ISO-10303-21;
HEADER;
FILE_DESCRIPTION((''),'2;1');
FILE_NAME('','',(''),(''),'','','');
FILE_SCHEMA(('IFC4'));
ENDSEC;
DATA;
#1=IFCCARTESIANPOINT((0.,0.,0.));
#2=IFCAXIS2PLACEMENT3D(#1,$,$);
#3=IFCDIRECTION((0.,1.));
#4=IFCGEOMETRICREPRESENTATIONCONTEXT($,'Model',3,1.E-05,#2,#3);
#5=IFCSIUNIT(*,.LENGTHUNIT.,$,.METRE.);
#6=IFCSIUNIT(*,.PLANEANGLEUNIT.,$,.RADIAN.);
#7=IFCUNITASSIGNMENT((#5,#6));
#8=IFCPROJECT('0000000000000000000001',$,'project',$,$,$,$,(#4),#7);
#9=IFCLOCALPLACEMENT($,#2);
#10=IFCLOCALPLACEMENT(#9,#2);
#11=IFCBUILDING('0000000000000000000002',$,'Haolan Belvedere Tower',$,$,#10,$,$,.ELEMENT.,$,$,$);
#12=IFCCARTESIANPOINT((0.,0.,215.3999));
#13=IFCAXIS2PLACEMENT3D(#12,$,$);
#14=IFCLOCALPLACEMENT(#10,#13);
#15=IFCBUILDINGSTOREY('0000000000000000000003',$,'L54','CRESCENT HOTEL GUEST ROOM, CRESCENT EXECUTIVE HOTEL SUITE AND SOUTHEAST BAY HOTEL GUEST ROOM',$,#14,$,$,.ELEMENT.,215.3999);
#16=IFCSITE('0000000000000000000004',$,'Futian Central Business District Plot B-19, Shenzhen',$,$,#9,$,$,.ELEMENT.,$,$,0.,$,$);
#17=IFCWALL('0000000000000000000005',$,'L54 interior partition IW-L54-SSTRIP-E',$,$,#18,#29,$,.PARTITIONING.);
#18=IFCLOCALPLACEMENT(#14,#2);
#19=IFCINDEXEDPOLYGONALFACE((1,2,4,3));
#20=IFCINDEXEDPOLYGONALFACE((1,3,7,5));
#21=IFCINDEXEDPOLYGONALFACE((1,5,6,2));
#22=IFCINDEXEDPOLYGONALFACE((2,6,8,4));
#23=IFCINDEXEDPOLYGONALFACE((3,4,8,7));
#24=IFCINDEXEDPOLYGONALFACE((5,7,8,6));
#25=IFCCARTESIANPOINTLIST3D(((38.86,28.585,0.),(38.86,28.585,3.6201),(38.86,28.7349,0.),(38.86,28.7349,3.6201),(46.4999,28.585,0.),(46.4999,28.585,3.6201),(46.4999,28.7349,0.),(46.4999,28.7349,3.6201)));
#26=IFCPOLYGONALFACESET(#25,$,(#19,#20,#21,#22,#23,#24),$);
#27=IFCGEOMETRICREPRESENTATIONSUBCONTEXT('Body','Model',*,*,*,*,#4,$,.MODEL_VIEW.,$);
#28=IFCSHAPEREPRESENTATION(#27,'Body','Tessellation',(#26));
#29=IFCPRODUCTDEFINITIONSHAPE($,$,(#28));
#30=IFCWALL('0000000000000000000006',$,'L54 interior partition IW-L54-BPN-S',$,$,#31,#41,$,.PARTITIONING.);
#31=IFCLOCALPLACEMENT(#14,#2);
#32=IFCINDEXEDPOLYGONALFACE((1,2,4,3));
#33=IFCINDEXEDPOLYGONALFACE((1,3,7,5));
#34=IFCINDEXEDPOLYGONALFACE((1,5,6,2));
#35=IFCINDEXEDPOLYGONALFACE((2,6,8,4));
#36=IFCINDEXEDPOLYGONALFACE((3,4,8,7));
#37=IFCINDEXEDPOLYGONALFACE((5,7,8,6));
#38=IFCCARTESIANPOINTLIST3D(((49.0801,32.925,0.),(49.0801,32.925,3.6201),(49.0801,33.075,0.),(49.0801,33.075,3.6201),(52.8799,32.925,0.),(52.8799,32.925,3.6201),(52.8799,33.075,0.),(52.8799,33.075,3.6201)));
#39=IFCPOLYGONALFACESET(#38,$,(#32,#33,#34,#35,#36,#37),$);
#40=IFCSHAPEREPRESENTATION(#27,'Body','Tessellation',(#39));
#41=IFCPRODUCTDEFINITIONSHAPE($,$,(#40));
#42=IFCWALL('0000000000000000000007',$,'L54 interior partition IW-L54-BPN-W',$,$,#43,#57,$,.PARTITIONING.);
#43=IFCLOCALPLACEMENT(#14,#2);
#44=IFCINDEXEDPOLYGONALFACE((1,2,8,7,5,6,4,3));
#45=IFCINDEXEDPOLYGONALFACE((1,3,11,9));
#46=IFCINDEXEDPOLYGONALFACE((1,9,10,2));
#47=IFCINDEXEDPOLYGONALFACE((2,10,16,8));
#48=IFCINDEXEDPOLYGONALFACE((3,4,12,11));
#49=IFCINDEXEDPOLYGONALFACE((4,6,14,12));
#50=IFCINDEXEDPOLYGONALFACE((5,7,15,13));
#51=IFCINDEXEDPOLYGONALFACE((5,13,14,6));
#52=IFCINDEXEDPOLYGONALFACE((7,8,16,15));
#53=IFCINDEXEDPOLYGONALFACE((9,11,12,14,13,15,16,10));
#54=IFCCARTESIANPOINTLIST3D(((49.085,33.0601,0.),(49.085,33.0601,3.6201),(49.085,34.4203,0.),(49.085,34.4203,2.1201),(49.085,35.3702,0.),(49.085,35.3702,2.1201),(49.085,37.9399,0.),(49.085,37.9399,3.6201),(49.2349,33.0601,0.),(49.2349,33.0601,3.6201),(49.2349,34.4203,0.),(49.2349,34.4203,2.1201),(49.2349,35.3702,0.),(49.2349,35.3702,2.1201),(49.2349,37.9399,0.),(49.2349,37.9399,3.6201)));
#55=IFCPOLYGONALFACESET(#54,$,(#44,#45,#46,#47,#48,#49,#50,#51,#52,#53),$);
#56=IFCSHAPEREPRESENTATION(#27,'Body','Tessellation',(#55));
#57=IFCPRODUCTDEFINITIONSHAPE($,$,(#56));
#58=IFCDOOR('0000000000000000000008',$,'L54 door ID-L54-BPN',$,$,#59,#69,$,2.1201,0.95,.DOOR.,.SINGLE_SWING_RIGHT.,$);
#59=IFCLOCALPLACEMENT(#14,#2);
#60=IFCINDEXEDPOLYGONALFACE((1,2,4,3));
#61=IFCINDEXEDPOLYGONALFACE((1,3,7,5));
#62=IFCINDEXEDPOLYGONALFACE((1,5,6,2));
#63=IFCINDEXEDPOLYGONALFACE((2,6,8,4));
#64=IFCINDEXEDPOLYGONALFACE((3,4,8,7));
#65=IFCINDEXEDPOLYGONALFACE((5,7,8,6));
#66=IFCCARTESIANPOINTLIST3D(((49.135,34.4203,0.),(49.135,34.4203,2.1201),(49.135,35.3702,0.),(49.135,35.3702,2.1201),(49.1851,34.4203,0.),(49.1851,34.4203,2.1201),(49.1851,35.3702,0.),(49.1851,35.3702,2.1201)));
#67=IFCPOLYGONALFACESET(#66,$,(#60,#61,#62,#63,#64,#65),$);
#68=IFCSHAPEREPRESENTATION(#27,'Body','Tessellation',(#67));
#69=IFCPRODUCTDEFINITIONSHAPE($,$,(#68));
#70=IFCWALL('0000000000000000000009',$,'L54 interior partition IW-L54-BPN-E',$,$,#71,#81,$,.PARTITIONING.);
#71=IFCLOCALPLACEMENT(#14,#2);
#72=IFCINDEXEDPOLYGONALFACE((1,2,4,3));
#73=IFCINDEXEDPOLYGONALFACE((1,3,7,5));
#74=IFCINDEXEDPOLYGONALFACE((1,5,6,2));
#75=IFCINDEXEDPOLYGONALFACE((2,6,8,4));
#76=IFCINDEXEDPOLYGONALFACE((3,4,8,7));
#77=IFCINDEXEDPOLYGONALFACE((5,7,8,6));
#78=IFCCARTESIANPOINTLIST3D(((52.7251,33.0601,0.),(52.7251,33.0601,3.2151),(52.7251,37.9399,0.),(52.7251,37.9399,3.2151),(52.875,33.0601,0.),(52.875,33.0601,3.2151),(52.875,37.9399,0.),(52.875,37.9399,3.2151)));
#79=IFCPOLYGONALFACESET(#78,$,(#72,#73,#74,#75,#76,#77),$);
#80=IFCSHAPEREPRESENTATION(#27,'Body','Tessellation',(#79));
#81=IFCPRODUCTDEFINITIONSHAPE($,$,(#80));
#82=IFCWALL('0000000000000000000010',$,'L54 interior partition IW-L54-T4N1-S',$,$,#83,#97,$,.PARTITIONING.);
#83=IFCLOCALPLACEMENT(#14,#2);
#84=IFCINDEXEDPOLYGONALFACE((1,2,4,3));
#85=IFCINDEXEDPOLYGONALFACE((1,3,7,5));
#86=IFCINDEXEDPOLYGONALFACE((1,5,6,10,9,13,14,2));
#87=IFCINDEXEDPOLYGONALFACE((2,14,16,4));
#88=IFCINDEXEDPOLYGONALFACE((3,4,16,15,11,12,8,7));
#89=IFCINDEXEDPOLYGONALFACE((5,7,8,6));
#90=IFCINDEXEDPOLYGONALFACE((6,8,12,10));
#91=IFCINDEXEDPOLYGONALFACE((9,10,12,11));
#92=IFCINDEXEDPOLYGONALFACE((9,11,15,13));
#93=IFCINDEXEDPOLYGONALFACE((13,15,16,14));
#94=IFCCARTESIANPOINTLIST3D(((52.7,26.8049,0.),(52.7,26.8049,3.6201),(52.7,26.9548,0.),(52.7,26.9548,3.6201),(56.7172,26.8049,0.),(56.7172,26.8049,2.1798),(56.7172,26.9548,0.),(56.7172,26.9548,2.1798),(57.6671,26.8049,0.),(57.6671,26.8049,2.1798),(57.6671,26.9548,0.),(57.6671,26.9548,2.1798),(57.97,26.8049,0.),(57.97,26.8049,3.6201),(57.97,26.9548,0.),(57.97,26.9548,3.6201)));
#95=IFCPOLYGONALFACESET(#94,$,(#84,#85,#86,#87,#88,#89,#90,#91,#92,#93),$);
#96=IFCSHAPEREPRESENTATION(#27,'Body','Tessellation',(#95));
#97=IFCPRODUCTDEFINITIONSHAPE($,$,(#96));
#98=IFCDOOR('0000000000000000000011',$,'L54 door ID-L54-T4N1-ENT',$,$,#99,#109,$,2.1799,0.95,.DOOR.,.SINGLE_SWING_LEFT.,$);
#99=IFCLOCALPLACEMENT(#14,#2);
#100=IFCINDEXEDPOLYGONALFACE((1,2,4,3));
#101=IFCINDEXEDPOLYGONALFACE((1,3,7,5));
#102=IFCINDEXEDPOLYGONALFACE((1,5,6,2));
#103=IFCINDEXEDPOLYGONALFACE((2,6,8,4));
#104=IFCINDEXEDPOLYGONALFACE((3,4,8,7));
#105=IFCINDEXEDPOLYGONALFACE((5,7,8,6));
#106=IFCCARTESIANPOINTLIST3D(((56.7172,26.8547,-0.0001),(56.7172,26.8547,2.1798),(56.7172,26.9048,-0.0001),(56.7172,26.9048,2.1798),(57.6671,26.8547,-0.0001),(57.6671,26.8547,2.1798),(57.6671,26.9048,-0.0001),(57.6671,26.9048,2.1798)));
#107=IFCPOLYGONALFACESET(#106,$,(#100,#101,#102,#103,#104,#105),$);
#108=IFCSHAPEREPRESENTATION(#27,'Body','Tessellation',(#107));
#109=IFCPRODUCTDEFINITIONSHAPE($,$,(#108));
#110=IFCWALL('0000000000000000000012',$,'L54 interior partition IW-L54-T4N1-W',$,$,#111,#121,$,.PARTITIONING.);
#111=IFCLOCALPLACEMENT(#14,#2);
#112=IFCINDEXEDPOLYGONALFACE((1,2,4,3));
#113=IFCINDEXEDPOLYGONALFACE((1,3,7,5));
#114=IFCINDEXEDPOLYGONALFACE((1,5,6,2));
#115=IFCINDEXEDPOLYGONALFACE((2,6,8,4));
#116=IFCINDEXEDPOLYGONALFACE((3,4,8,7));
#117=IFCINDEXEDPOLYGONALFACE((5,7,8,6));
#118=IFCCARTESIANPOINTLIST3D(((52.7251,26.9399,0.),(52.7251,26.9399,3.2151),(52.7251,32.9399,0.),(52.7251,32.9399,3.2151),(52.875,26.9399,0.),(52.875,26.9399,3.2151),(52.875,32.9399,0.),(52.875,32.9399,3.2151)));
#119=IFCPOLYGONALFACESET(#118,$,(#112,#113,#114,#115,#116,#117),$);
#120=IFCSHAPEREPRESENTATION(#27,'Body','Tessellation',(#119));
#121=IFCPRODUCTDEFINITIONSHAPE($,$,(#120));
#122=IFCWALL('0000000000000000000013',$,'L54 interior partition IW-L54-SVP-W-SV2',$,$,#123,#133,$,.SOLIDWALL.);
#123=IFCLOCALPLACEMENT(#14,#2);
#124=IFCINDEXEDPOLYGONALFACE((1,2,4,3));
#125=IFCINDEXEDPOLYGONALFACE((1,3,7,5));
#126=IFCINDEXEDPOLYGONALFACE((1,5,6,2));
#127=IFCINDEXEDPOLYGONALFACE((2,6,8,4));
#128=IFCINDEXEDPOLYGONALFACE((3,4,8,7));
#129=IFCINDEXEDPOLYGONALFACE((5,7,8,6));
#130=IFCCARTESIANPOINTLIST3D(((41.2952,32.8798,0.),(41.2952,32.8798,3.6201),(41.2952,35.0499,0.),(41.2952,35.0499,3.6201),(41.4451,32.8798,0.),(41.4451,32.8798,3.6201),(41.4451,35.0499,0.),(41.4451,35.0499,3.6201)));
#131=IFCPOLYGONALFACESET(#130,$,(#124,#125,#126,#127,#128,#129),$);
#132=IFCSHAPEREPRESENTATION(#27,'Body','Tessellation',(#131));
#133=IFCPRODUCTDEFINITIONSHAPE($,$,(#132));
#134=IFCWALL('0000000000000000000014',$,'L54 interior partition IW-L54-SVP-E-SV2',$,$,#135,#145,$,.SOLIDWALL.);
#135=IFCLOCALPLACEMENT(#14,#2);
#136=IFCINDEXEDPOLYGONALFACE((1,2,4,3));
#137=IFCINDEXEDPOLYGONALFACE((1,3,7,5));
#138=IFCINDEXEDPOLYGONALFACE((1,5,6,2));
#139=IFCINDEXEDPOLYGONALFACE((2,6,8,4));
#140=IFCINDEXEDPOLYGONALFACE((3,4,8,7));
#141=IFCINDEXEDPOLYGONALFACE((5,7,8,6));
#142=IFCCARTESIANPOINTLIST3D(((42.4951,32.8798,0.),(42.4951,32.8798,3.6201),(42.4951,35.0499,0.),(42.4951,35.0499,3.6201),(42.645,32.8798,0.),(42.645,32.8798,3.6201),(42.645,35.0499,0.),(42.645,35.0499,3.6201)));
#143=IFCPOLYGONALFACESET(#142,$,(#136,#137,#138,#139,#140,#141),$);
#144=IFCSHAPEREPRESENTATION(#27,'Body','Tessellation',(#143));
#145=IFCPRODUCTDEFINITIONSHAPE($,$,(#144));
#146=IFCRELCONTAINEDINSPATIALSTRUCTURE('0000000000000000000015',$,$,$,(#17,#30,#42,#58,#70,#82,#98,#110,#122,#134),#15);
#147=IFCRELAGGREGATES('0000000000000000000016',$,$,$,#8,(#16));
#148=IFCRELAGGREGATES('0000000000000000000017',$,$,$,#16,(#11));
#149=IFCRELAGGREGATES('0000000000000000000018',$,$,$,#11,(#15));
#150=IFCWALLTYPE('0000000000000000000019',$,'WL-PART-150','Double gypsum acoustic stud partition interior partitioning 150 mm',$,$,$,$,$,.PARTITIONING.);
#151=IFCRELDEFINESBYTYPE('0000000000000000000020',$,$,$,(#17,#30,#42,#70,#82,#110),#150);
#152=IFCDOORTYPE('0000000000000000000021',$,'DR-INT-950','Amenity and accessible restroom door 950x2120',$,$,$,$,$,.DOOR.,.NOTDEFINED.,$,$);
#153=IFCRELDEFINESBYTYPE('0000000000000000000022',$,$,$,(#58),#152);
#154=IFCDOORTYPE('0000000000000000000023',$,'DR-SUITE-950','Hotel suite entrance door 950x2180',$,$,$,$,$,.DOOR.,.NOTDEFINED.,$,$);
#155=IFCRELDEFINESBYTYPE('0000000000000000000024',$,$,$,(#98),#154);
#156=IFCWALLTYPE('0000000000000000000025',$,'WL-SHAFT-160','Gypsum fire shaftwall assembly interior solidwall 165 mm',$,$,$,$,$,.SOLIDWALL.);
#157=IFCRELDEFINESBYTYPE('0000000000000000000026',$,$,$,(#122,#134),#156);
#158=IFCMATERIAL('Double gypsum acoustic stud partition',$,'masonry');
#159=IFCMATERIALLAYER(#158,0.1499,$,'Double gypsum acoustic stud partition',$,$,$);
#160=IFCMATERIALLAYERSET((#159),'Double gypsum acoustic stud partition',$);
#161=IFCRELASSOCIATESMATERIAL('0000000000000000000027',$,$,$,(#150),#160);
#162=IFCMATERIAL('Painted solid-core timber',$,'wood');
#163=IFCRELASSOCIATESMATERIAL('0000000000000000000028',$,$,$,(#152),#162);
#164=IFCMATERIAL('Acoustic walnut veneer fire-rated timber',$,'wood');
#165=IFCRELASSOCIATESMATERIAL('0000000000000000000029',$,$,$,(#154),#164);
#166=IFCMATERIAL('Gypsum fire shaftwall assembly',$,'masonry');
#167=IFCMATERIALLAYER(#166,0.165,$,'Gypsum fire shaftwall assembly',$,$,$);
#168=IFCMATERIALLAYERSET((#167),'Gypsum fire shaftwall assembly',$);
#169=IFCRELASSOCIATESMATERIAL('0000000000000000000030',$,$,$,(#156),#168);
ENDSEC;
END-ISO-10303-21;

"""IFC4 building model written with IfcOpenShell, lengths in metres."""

from ifc_helpers import new_model, si_unit, direction, frame, frame_2d, origin, place, context, subcontext, project, spatial, rectangle, extrude, material, layer, layer_set, type_object, element, fill, save


model = new_model("IFC4")

# Units and contexts
model_context = context("Model", 3, precision=1e-05, world=origin(), true_north=direction((0.0, 1.0)))
body_context = subcontext(model_context, "Body", "Model", "MODEL_VIEW")
ifc_project = project(units=[si_unit("LENGTHUNIT", "METRE"), si_unit("PLANEANGLEUNIT", "RADIAN")], contexts=[model_context])

# Site, building, storey
site_placement = place(None, origin())
site = spatial("IfcSite", under=ifc_project, at=site_placement, Name="Futian Central Business District Plot B-19, Shenzhen", CompositionType="ELEMENT", RefElevation=0.0)
building_placement = place(site_placement, origin())
building = spatial("IfcBuilding", under=site, at=building_placement, Name="Haolan Belvedere Tower", CompositionType="ELEMENT")
storey_placement = place(building_placement, frame((0.0, 0.0, 215.3999)))
storey = spatial("IfcBuildingStorey", under=building, at=storey_placement, Name="L54", Description="CRESCENT HOTEL GUEST ROOM, CRESCENT EXECUTIVE HOTEL SUITE AND SOUTHEAST BAY HOTEL GUEST ROOM", CompositionType="ELEMENT", Elevation=215.3999)

# Walls
ifc_material_1 = material(Name="Double gypsum acoustic stud partition", Category="masonry")
ifc_layer_1 = layer(ifc_material_1, 0.1499, Name="Double gypsum acoustic stud partition")
ifc_layer_set_1 = layer_set([ifc_layer_1], Name="Double gypsum acoustic stud partition")
wall_type_1 = type_object("IfcWallType", Name="WL-PART-150", Description="Double gypsum acoustic stud partition interior partitioning 150 mm", PredefinedType="PARTITIONING", material=ifc_layer_set_1)
wall_1_placement = place(storey_placement, frame((38.8601, 28.6599, 0.0), z_axis=(0.0, 0.0, 1.0), x_axis=(1.0, 0.0, 0.0)))
element("IfcWall", 1, at=wall_1_placement, inside=storey, type_object=wall_type_1, Name="L54 interior partition IW-L54-SSTRIP-E", PredefinedType="PARTITIONING", context=body_context, shape_type="SweptSolid", body=[
    extrude(rectangle(XDim=7.6399, YDim=0.1499, at=frame_2d((3.8198, 0.0))), origin(), (0.0, 0.0, 1.0), 3.6201),
])
wall_2_placement = place(storey_placement, frame((49.0801, 33.0, 0.0), z_axis=(0.0, 0.0, 1.0), x_axis=(1.0, 0.0, 0.0)))
element("IfcWall", 2, at=wall_2_placement, inside=storey, type_object=wall_type_1, Name="L54 interior partition IW-L54-BPN-S", PredefinedType="PARTITIONING", context=body_context, shape_type="SweptSolid", body=[
    extrude(rectangle(XDim=3.7998, YDim=0.1499, at=frame_2d((1.8999, 0.0))), origin(), (0.0, 0.0, 1.0), 3.6201),
])

# Wall, opening, door
wall_3_placement = place(storey_placement, frame((49.1599, 33.0601, 0.0), z_axis=(0.0, 0.0, 1.0), x_axis=(0.0, 1.0, 0.0)))
wall_3 = element("IfcWall", 3, at=wall_3_placement, inside=storey, type_object=wall_type_1, Name="L54 interior partition IW-L54-BPN-W", PredefinedType="PARTITIONING", context=body_context, shape_type="SweptSolid", body=[
    extrude(rectangle(XDim=4.8799, YDim=0.1499, at=frame_2d((2.4399, 0.0))), origin(), (0.0, 0.0, 1.0), 3.6201),
])
opening_1_placement = place(wall_3_placement, frame((1.3601, 0.0, 0.0)))
opening_1 = element("IfcOpeningElement", 4, at=opening_1_placement, cuts=wall_3, PredefinedType="OPENING", context=body_context, shape_type="SweptSolid", body=[
    extrude(rectangle(XDim=0.95, YDim=2.1201, at=frame_2d((0.4751, 1.0601))), frame((0.0, 0.085, 0.0), z_axis=(0.0, -1.0, 0.0), x_axis=(1.0, 0.0, 0.0)), (0.0, 0.0, 1.0), 0.1699),
])
ifc_material_2 = material(Name="Painted solid-core timber", Category="wood")
door_type_1 = type_object("IfcDoorType", Name="DR-INT-950", Description="Amenity and accessible restroom door 950x2120", OperationType="NOTDEFINED", PredefinedType="DOOR", material=ifc_material_2)
door_1_placement = place(opening_1_placement, origin())
door_1 = element("IfcDoor", 5, at=door_1_placement, inside=storey, type_object=door_type_1, Name="L54 door ID-L54-BPN", OperationType="SINGLE_SWING_RIGHT", OverallHeight=2.1201, OverallWidth=0.95, PredefinedType="DOOR", context=body_context, shape_type="SweptSolid", body=[
    extrude(rectangle(XDim=0.95, YDim=2.1201, at=frame_2d((0.4751, 1.0601))), frame((0.0, 0.0249, 0.0), z_axis=(0.0, -1.0, 0.0), x_axis=(1.0, 0.0, 0.0)), (0.0, 0.0, 1.0), 0.05),
])
fill(opening_1, door_1)

# Wall
wall_4_placement = place(storey_placement, frame((52.8, 33.0601, 0.0), z_axis=(0.0, 0.0, 1.0), x_axis=(0.0, 1.0, 0.0)))
element("IfcWall", 6, at=wall_4_placement, inside=storey, type_object=wall_type_1, Name="L54 interior partition IW-L54-BPN-E", PredefinedType="PARTITIONING", context=body_context, shape_type="SweptSolid", body=[
    extrude(rectangle(XDim=4.8799, YDim=0.1499, at=frame_2d((2.4399, 0.0))), origin(), (0.0, 0.0, 1.0), 3.2151),
])

# Wall, opening, door
wall_5_placement = place(storey_placement, frame((52.7, 26.8799, 0.0), z_axis=(0.0, 0.0, 1.0), x_axis=(1.0, 0.0, 0.0)))
wall_5 = element("IfcWall", 7, at=wall_5_placement, inside=storey, type_object=wall_type_1, Name="L54 interior partition IW-L54-T4N1-S", PredefinedType="PARTITIONING", context=body_context, shape_type="SweptSolid", body=[
    extrude(rectangle(XDim=5.27, YDim=0.1499, at=frame_2d((2.635, 0.0))), origin(), (0.0, 0.0, 1.0), 3.6201),
])
opening_2_placement = place(wall_5_placement, frame((4.0171, 0.0, 0.0)))
opening_2 = element("IfcOpeningElement", 8, at=opening_2_placement, cuts=wall_5, PredefinedType="OPENING", context=body_context, shape_type="SweptSolid", body=[
    extrude(rectangle(XDim=0.95, YDim=2.1799, at=frame_2d((0.4751, 1.0898))), frame((0.0, 0.085, 0.0), z_axis=(0.0, -1.0, 0.0), x_axis=(1.0, 0.0, 0.0)), (0.0, 0.0, 1.0), 0.1699),
])
ifc_material_3 = material(Name="Acoustic walnut veneer fire-rated timber", Category="wood")
door_type_2 = type_object("IfcDoorType", Name="DR-SUITE-950", Description="Hotel suite entrance door 950x2180", OperationType="NOTDEFINED", PredefinedType="DOOR", material=ifc_material_3)
door_2_placement = place(opening_2_placement, origin())
door_2 = element("IfcDoor", 9, at=door_2_placement, inside=storey, type_object=door_type_2, Name="L54 door ID-L54-T4N1-ENT", OperationType="SINGLE_SWING_LEFT", OverallHeight=2.1799, OverallWidth=0.95, PredefinedType="DOOR", context=body_context, shape_type="SweptSolid", body=[
    extrude(rectangle(XDim=0.95, YDim=2.1799, at=frame_2d((0.4751, 1.0898))), frame((0.0, 0.0249, 0.0), z_axis=(0.0, -1.0, 0.0), x_axis=(1.0, 0.0, 0.0)), (0.0, 0.0, 1.0), 0.05),
])
fill(opening_2, door_2)

# Walls
wall_6_placement = place(storey_placement, frame((52.8, 26.9399, 0.0), z_axis=(0.0, 0.0, 1.0), x_axis=(0.0, 1.0, 0.0)))
element("IfcWall", 10, at=wall_6_placement, inside=storey, type_object=wall_type_1, Name="L54 interior partition IW-L54-T4N1-W", PredefinedType="PARTITIONING", context=body_context, shape_type="SweptSolid", body=[
    extrude(rectangle(XDim=6.0, YDim=0.1499, at=frame_2d((3.0, 0.0))), origin(), (0.0, 0.0, 1.0), 3.2151),
])
ifc_material_4 = material(Name="Gypsum fire shaftwall assembly", Category="masonry")
ifc_layer_2 = layer(ifc_material_4, 0.165, Name="Gypsum fire shaftwall assembly")
ifc_layer_set_2 = layer_set([ifc_layer_2], Name="Gypsum fire shaftwall assembly")
wall_type_2 = type_object("IfcWallType", Name="WL-SHAFT-160", Description="Gypsum fire shaftwall assembly interior solidwall 165 mm", PredefinedType="SOLIDWALL", material=ifc_layer_set_2)
for number, where, z_axis, x_axis, name in (
    (11, (41.3701, 32.8799, 0.0), (0.0, 0.0, 1.0), (0.0, 1.0, 0.0), "L54 interior partition IW-L54-SVP-W-SV2"),
    (12, (42.5701, 32.8799, 0.0), (0.0, 0.0, 1.0), (0.0, 1.0, 0.0), "L54 interior partition IW-L54-SVP-E-SV2"),
):
    element("IfcWall", number, at=place(storey_placement, frame(where, z_axis=z_axis, x_axis=x_axis)), inside=storey, type_object=wall_type_2, Name=name, PredefinedType="SOLIDWALL", context=body_context, shape_type="SweptSolid", body=[
        extrude(rectangle(XDim=2.1702, YDim=0.1499, at=frame_2d((1.085, 0.0))), origin(), (0.0, 0.0, 1.0), 3.6201),
    ])

save(model, "model.ifc")
